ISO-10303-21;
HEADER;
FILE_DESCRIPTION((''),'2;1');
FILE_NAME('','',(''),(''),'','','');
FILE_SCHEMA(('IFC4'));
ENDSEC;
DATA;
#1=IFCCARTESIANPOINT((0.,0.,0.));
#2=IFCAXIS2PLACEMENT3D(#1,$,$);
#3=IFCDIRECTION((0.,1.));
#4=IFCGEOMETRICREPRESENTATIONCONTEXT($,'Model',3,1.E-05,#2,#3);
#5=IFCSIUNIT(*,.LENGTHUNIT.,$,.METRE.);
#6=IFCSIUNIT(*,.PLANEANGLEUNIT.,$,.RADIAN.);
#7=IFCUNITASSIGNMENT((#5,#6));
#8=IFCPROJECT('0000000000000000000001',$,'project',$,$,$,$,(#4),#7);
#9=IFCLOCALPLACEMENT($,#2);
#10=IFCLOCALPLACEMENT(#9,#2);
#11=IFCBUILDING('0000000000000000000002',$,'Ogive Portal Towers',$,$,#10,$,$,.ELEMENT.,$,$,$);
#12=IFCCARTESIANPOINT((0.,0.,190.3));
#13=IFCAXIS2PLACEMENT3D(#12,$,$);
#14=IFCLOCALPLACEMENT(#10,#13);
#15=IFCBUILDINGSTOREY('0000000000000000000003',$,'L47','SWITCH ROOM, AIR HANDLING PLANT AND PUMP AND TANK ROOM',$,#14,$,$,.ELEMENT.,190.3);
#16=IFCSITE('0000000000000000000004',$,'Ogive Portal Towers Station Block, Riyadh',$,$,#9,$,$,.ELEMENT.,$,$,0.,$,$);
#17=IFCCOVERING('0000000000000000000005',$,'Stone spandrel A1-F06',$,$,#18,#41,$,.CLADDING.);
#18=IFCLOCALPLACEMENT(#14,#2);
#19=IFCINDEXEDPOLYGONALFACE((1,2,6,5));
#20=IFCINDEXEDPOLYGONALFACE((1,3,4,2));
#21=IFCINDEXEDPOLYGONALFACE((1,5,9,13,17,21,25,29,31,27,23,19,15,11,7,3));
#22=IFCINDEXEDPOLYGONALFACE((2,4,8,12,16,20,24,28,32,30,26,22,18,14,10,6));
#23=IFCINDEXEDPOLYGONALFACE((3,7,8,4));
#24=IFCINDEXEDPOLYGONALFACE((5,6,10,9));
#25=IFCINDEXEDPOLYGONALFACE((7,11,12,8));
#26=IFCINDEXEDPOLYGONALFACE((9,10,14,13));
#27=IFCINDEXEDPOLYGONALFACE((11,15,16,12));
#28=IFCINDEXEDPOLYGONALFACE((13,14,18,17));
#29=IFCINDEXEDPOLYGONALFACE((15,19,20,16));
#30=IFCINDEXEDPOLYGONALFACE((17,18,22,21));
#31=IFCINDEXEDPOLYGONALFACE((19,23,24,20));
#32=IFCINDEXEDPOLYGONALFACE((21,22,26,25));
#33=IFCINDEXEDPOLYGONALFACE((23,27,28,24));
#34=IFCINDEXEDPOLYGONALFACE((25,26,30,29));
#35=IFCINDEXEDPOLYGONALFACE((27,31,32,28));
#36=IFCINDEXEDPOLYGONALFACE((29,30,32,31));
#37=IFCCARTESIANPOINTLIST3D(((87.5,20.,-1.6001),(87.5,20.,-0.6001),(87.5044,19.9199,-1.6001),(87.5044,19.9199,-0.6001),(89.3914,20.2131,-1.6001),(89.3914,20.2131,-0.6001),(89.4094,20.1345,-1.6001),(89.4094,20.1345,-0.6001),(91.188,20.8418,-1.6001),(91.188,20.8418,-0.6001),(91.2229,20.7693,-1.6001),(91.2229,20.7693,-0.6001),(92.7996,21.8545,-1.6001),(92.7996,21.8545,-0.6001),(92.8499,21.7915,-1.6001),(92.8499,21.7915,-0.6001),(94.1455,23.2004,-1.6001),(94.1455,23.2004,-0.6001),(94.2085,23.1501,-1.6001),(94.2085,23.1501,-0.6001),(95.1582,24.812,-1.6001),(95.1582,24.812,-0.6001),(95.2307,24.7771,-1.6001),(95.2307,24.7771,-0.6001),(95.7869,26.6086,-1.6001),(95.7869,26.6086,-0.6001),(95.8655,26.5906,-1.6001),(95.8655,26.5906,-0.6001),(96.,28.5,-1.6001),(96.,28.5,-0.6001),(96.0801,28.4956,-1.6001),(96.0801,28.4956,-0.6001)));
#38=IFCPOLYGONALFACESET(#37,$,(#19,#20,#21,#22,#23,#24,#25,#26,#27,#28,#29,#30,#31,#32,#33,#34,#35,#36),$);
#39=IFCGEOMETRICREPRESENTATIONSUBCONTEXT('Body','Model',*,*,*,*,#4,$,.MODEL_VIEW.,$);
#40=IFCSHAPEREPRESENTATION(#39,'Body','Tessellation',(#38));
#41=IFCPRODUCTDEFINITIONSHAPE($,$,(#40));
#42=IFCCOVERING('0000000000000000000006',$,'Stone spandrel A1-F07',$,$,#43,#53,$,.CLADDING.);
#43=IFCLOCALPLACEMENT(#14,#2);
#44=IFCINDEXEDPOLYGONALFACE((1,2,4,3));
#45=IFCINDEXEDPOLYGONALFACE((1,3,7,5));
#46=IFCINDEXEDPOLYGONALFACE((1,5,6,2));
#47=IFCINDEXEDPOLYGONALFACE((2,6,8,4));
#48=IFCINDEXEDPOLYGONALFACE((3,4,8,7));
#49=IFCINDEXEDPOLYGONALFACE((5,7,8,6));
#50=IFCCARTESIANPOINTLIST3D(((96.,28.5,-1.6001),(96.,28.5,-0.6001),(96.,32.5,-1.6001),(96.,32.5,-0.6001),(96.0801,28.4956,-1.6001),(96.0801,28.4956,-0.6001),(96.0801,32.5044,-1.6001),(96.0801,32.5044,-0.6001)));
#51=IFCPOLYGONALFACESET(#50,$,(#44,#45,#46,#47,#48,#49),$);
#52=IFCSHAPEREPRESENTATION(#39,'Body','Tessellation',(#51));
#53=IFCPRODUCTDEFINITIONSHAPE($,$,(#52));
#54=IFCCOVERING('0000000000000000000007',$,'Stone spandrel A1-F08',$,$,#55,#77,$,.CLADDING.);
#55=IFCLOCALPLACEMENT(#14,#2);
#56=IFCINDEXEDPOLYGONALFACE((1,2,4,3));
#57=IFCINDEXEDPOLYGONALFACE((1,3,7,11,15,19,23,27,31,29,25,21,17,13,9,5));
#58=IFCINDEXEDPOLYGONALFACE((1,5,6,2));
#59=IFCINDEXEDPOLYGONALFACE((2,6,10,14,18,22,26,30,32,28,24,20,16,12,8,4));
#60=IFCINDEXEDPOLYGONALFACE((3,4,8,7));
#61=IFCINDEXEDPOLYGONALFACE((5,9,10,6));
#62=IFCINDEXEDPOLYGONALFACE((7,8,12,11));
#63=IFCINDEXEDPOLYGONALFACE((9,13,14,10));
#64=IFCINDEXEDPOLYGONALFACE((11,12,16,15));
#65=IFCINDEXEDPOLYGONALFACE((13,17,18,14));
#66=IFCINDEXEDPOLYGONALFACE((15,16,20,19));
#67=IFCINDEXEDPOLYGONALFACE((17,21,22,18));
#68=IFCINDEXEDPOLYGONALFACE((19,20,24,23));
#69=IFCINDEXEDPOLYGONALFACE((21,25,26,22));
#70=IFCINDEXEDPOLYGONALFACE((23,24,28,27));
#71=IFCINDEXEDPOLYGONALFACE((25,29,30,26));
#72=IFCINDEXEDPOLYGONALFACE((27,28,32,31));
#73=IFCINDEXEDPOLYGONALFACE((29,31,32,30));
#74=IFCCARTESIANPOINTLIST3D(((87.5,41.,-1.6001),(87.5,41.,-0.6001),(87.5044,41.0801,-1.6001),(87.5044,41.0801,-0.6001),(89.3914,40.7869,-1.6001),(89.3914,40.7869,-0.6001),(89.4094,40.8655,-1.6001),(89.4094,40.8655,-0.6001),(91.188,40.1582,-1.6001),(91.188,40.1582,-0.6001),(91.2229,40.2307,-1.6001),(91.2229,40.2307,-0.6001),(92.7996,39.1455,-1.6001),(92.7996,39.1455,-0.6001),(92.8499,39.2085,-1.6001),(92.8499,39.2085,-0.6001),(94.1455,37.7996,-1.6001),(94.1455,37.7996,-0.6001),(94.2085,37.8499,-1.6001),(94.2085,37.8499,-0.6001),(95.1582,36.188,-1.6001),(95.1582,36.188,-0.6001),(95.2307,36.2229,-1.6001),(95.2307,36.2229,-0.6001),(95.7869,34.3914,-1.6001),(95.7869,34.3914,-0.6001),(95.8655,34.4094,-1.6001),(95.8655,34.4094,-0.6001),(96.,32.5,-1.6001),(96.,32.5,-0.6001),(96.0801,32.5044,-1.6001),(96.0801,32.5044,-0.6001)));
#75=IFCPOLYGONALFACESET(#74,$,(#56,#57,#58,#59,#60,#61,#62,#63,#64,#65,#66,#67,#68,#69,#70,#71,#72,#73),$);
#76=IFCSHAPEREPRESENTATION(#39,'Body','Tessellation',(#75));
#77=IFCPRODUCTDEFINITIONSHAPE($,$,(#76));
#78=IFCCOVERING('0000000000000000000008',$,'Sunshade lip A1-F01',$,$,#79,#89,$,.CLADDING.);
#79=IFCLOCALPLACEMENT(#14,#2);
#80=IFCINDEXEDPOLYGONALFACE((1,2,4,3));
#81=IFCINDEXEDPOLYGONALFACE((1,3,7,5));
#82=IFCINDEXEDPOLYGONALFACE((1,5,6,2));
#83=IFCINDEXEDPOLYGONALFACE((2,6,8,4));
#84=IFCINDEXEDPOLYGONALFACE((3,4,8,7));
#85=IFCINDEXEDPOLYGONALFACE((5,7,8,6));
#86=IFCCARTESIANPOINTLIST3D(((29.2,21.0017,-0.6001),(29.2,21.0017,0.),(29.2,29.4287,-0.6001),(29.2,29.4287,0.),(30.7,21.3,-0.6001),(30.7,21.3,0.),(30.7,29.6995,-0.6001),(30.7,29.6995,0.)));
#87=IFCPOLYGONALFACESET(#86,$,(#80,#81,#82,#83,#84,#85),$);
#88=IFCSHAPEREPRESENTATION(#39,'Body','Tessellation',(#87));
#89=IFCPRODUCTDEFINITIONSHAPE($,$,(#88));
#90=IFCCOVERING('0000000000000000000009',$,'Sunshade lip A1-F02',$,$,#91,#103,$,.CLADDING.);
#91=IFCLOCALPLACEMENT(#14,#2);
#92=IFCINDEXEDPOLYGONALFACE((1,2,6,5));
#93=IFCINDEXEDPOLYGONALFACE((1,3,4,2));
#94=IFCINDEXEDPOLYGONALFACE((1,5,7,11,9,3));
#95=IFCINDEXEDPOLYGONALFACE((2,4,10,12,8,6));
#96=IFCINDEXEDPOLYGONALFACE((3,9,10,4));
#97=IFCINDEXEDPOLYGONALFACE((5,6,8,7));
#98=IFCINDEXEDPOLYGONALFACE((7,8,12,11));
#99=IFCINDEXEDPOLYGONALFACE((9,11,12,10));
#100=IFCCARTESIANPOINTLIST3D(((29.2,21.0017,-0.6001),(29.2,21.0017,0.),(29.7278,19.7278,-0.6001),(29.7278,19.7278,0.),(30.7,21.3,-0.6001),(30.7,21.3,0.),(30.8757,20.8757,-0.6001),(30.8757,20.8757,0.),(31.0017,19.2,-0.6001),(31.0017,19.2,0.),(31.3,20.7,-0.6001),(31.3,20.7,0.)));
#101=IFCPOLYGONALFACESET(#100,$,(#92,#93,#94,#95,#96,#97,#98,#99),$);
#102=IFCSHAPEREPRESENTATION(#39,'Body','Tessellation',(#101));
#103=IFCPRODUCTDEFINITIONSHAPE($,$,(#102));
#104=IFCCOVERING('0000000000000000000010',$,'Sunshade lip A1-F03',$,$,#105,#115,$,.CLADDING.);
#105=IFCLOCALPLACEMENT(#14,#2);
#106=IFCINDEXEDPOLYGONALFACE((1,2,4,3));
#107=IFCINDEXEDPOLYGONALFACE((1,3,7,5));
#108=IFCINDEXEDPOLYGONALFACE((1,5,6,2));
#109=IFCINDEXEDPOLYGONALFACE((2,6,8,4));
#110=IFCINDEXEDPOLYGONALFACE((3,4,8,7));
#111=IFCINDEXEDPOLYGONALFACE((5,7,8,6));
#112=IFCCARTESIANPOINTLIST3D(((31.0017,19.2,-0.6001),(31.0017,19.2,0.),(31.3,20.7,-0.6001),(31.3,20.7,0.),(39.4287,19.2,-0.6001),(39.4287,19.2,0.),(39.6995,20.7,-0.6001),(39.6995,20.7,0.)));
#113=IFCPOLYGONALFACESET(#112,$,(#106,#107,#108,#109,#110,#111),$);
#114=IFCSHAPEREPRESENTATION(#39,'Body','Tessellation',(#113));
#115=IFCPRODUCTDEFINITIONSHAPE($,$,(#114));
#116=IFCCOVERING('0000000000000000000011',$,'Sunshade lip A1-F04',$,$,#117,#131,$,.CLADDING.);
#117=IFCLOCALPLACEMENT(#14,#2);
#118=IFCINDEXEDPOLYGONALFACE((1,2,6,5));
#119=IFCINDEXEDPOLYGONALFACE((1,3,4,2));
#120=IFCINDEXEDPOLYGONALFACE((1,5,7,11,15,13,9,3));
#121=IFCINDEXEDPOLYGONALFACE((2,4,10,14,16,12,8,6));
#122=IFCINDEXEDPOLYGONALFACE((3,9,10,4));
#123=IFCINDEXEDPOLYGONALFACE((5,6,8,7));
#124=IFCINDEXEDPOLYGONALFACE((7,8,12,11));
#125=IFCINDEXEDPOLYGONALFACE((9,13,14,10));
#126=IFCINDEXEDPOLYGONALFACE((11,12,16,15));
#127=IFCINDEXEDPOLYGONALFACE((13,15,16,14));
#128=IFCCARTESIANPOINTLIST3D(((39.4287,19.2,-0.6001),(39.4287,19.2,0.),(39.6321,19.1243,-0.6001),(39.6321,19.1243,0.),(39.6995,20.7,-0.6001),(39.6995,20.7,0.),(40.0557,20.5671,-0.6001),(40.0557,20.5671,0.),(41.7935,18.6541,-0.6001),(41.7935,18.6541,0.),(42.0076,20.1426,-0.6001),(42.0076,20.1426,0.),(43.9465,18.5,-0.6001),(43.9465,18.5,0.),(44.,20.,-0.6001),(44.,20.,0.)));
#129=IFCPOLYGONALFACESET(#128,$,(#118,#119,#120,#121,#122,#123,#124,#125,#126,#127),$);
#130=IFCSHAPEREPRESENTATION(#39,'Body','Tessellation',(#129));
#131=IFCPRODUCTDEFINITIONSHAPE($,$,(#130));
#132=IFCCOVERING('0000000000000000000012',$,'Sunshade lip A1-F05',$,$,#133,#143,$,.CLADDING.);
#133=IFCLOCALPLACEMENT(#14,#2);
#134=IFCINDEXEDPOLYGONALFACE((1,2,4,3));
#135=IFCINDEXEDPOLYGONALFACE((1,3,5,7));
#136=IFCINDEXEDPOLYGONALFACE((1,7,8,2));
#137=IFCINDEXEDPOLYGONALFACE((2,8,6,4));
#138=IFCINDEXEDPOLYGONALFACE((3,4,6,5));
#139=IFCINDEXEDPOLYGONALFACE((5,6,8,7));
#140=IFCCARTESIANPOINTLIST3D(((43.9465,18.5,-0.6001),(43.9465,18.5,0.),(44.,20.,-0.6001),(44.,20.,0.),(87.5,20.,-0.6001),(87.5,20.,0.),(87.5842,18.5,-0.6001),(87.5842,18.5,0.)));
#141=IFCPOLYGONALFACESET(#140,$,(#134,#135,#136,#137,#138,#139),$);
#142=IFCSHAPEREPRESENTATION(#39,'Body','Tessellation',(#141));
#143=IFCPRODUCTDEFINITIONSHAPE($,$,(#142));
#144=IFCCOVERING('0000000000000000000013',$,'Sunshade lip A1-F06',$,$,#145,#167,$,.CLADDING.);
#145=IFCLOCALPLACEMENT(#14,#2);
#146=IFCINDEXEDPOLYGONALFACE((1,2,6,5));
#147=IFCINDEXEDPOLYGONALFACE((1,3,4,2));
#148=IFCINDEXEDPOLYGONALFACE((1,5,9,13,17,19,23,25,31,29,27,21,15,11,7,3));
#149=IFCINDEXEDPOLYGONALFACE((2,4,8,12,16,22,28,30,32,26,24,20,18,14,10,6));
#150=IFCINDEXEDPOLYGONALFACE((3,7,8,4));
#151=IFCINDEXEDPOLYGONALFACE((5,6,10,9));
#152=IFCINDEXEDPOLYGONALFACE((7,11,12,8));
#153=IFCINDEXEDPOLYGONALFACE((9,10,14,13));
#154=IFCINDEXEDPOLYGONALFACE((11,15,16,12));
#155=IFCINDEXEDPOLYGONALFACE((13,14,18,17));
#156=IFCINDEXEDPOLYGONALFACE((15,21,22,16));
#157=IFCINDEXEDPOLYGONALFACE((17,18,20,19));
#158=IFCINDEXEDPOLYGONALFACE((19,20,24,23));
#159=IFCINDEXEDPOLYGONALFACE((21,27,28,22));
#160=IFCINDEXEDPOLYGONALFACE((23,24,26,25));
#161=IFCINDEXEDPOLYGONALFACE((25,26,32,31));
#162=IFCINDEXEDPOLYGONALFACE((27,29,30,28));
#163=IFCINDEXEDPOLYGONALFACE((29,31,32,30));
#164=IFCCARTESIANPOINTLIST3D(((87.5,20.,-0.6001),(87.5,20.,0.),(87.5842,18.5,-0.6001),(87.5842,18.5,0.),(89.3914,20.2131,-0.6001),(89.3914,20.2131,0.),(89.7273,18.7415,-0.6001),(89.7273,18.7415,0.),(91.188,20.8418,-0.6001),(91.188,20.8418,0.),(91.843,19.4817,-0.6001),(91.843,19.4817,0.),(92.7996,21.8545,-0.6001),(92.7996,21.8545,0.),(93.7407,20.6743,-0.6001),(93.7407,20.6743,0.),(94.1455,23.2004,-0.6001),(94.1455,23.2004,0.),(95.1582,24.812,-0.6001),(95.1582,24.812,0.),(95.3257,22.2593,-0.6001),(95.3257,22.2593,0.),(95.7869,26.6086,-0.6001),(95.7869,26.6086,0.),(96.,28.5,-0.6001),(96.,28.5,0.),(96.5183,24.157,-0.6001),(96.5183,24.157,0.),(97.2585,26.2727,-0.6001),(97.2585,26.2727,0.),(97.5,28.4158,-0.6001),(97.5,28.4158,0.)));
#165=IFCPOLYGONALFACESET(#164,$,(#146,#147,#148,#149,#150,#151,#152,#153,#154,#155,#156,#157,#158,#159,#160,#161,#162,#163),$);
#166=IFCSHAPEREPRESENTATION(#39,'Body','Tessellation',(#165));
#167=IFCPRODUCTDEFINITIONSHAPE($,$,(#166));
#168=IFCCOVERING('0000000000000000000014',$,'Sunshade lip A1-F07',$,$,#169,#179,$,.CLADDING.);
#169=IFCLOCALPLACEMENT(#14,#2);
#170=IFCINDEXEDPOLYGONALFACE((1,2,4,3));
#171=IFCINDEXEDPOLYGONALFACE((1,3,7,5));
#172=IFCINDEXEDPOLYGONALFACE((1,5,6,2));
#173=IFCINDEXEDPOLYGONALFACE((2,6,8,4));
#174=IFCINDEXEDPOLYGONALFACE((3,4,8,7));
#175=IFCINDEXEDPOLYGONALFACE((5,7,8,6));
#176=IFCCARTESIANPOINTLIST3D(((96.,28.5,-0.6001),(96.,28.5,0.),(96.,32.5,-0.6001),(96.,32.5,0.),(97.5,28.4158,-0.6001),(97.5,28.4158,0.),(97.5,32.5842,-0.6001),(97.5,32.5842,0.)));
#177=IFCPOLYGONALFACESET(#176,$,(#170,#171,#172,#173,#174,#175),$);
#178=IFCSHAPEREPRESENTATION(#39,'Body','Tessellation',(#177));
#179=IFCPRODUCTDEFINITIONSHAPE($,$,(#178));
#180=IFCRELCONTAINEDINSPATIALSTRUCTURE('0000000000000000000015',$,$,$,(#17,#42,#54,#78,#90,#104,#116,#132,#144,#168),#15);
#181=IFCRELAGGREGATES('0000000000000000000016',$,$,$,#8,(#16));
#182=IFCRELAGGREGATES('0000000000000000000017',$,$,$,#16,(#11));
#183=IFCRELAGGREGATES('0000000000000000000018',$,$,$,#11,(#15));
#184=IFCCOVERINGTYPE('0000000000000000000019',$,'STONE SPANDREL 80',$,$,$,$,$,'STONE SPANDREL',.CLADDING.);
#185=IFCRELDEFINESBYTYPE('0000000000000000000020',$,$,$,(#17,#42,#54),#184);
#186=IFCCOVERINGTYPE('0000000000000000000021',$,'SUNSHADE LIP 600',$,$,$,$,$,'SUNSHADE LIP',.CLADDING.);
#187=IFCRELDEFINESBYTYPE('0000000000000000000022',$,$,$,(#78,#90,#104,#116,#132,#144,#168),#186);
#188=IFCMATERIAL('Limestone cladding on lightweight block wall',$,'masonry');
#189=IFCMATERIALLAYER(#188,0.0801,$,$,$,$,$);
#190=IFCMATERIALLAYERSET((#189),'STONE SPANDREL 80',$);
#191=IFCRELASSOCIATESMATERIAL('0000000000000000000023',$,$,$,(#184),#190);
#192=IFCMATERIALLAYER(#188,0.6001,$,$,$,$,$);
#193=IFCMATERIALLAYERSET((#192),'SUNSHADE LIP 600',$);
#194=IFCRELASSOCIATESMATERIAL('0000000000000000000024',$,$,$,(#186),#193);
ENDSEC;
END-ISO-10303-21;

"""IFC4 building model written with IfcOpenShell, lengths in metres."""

from ifc_helpers import new_model, si_unit, direction, frame, origin, place, context, subcontext, project, spatial, polyline, outline, extrude, material, layer, layer_set, type_object, element, save


model = new_model("IFC4")

# Units and contexts
model_context = context("Model", 3, precision=1e-05, world=origin(), true_north=direction((0.0, 1.0)))
body_context = subcontext(model_context, "Body", "Model", "MODEL_VIEW")
ifc_project = project(units=[si_unit("LENGTHUNIT", "METRE"), si_unit("PLANEANGLEUNIT", "RADIAN")], contexts=[model_context])

# Site, building, storey
site_placement = place(None, origin())
site = spatial("IfcSite", under=ifc_project, at=site_placement, Name="Ogive Portal Towers Station Block, Riyadh", CompositionType="ELEMENT", RefElevation=0.0)
building_placement = place(site_placement, origin())
building = spatial("IfcBuilding", under=site, at=building_placement, Name="Ogive Portal Towers", CompositionType="ELEMENT")
storey_placement = place(building_placement, frame((0.0, 0.0, 190.3)))
storey = spatial("IfcBuildingStorey", under=building, at=storey_placement, Name="L47", Description="SWITCH ROOM, AIR HANDLING PLANT AND PUMP AND TANK ROOM", CompositionType="ELEMENT", Elevation=190.3)

# Coverings
ifc_material_1 = material(Name="Limestone cladding on lightweight block wall", Category="masonry")
ifc_layer_1 = layer(ifc_material_1, 0.0801)
ifc_layer_set_1 = layer_set([ifc_layer_1], Name="STONE SPANDREL 80")
covering_type_1 = type_object("IfcCoveringType", Name="STONE SPANDREL 80", ElementType="STONE SPANDREL", PredefinedType="CLADDING", material=ifc_layer_set_1)
covering_1_placement = place(storey_placement, frame((0.0, 0.0, -1.6001)))
element("IfcCovering", 1, at=covering_1_placement, inside=storey, type_object=covering_type_1, Name="Stone spandrel A1-F06", PredefinedType="CLADDING", context=body_context, shape_type="SweptSolid", body=[
    extrude(outline(polyline([(87.5, 20.0), (89.3914, 20.2131), (91.188, 20.8418), (92.7996, 21.8545), (94.1455, 23.2004), (95.1582, 24.812), (95.7869, 26.6086), (96.0, 28.5), (96.0801, 28.4956), (95.8655, 26.5906), (95.2307, 24.7771), (94.2085, 23.1501), (92.8499, 21.7915), (91.2229, 20.7693), (89.4094, 20.1345), (87.5044, 19.9199), (87.5, 20.0)])), origin(), (0.0, 0.0, 1.0), 1.0),
])
covering_2_placement = place(storey_placement, frame((0.0, 0.0, -1.6001)))
element("IfcCovering", 2, at=covering_2_placement, inside=storey, type_object=covering_type_1, Name="Stone spandrel A1-F07", PredefinedType="CLADDING", context=body_context, shape_type="SweptSolid", body=[
    extrude(outline(polyline([(96.0, 28.5), (96.0, 32.5), (96.0801, 32.5044), (96.0801, 28.4956), (96.0, 28.5)])), origin(), (0.0, 0.0, 1.0), 1.0),
])
covering_3_placement = place(storey_placement, frame((0.0, 0.0, -1.6001)))
element("IfcCovering", 3, at=covering_3_placement, inside=storey, type_object=covering_type_1, Name="Stone spandrel A1-F08", PredefinedType="CLADDING", context=body_context, shape_type="SweptSolid", body=[
    extrude(outline(polyline([(96.0, 32.5), (95.7869, 34.3914), (95.1582, 36.188), (94.1455, 37.7996), (92.7996, 39.1455), (91.188, 40.1582), (89.3914, 40.7869), (87.5, 41.0), (87.5044, 41.0801), (89.4094, 40.8655), (91.2229, 40.2307), (92.8499, 39.2085), (94.2085, 37.8499), (95.2307, 36.2229), (95.8655, 34.4094), (96.0801, 32.5044), (96.0, 32.5)])), origin(), (0.0, 0.0, 1.0), 1.0),
])
ifc_layer_2 = layer(ifc_material_1, 0.6001)
ifc_layer_set_2 = layer_set([ifc_layer_2], Name="SUNSHADE LIP 600")
covering_type_2 = type_object("IfcCoveringType", Name="SUNSHADE LIP 600", ElementType="SUNSHADE LIP", PredefinedType="CLADDING", material=ifc_layer_set_2)
covering_4_placement = place(storey_placement, frame((0.0, 0.0, -0.6001)))
element("IfcCovering", 4, at=covering_4_placement, inside=storey, type_object=covering_type_2, Name="Sunshade lip A1-F01", PredefinedType="CLADDING", context=body_context, shape_type="SweptSolid", body=[
    extrude(outline(polyline([(30.7, 29.6995), (30.7, 21.3), (29.2, 21.0017), (29.2, 29.4287), (30.7, 29.6995)])), origin(), (0.0, 0.0, 1.0), 0.6001),
])
covering_5_placement = place(storey_placement, frame((0.0, 0.0, -0.6001)))
element("IfcCovering", 5, at=covering_5_placement, inside=storey, type_object=covering_type_2, Name="Sunshade lip A1-F02", PredefinedType="CLADDING", context=body_context, shape_type="SweptSolid", body=[
    extrude(outline(polyline([(30.7, 21.3), (30.8757, 20.8757), (31.3, 20.7), (31.0017, 19.2), (29.7278, 19.7278), (29.2, 21.0017), (30.7, 21.3)])), origin(), (0.0, 0.0, 1.0), 0.6001),
])
covering_6_placement = place(storey_placement, frame((0.0, 0.0, -0.6001)))
element("IfcCovering", 6, at=covering_6_placement, inside=storey, type_object=covering_type_2, Name="Sunshade lip A1-F03", PredefinedType="CLADDING", context=body_context, shape_type="SweptSolid", body=[
    extrude(outline(polyline([(31.3, 20.7), (39.6995, 20.7), (39.4287, 19.2), (31.0017, 19.2), (31.3, 20.7)])), origin(), (0.0, 0.0, 1.0), 0.6001),
])
covering_7_placement = place(storey_placement, frame((0.0, 0.0, -0.6001)))
element("IfcCovering", 7, at=covering_7_placement, inside=storey, type_object=covering_type_2, Name="Sunshade lip A1-F04", PredefinedType="CLADDING", context=body_context, shape_type="SweptSolid", body=[
    extrude(outline(polyline([(39.6995, 20.7), (40.0557, 20.5671), (42.0076, 20.1426), (44.0, 20.0), (43.9465, 18.5), (41.7935, 18.6541), (39.6321, 19.1243), (39.4287, 19.2), (39.6995, 20.7)])), origin(), (0.0, 0.0, 1.0), 0.6001),
])
covering_8_placement = place(storey_placement, frame((0.0, 0.0, -0.6001)))
element("IfcCovering", 8, at=covering_8_placement, inside=storey, type_object=covering_type_2, Name="Sunshade lip A1-F05", PredefinedType="CLADDING", context=body_context, shape_type="SweptSolid", body=[
    extrude(outline(polyline([(44.0, 20.0), (87.5, 20.0), (87.5842, 18.5), (43.9465, 18.5), (44.0, 20.0)])), origin(), (0.0, 0.0, 1.0), 0.6001),
])
covering_9_placement = place(storey_placement, frame((0.0, 0.0, -0.6001)))
element("IfcCovering", 9, at=covering_9_placement, inside=storey, type_object=covering_type_2, Name="Sunshade lip A1-F06", PredefinedType="CLADDING", context=body_context, shape_type="SweptSolid", body=[
    extrude(outline(polyline([(87.5, 20.0), (89.3914, 20.2131), (91.188, 20.8418), (92.7996, 21.8545), (94.1455, 23.2004), (95.1582, 24.812), (95.7869, 26.6086), (96.0, 28.5), (97.5, 28.4158), (97.2585, 26.2727), (96.5183, 24.157), (95.3257, 22.2593), (93.7407, 20.6743), (91.843, 19.4817), (89.7273, 18.7415), (87.5842, 18.5), (87.5, 20.0)])), origin(), (0.0, 0.0, 1.0), 0.6001),
])
covering_10_placement = place(storey_placement, frame((0.0, 0.0, -0.6001)))
element("IfcCovering", 10, at=covering_10_placement, inside=storey, type_object=covering_type_2, Name="Sunshade lip A1-F07", PredefinedType="CLADDING", context=body_context, shape_type="SweptSolid", body=[
    extrude(outline(polyline([(96.0, 28.5), (96.0, 32.5), (97.5, 32.5842), (97.5, 28.4158), (96.0, 28.5)])), origin(), (0.0, 0.0, 1.0), 0.6001),
])

save(model, "model.ifc")
